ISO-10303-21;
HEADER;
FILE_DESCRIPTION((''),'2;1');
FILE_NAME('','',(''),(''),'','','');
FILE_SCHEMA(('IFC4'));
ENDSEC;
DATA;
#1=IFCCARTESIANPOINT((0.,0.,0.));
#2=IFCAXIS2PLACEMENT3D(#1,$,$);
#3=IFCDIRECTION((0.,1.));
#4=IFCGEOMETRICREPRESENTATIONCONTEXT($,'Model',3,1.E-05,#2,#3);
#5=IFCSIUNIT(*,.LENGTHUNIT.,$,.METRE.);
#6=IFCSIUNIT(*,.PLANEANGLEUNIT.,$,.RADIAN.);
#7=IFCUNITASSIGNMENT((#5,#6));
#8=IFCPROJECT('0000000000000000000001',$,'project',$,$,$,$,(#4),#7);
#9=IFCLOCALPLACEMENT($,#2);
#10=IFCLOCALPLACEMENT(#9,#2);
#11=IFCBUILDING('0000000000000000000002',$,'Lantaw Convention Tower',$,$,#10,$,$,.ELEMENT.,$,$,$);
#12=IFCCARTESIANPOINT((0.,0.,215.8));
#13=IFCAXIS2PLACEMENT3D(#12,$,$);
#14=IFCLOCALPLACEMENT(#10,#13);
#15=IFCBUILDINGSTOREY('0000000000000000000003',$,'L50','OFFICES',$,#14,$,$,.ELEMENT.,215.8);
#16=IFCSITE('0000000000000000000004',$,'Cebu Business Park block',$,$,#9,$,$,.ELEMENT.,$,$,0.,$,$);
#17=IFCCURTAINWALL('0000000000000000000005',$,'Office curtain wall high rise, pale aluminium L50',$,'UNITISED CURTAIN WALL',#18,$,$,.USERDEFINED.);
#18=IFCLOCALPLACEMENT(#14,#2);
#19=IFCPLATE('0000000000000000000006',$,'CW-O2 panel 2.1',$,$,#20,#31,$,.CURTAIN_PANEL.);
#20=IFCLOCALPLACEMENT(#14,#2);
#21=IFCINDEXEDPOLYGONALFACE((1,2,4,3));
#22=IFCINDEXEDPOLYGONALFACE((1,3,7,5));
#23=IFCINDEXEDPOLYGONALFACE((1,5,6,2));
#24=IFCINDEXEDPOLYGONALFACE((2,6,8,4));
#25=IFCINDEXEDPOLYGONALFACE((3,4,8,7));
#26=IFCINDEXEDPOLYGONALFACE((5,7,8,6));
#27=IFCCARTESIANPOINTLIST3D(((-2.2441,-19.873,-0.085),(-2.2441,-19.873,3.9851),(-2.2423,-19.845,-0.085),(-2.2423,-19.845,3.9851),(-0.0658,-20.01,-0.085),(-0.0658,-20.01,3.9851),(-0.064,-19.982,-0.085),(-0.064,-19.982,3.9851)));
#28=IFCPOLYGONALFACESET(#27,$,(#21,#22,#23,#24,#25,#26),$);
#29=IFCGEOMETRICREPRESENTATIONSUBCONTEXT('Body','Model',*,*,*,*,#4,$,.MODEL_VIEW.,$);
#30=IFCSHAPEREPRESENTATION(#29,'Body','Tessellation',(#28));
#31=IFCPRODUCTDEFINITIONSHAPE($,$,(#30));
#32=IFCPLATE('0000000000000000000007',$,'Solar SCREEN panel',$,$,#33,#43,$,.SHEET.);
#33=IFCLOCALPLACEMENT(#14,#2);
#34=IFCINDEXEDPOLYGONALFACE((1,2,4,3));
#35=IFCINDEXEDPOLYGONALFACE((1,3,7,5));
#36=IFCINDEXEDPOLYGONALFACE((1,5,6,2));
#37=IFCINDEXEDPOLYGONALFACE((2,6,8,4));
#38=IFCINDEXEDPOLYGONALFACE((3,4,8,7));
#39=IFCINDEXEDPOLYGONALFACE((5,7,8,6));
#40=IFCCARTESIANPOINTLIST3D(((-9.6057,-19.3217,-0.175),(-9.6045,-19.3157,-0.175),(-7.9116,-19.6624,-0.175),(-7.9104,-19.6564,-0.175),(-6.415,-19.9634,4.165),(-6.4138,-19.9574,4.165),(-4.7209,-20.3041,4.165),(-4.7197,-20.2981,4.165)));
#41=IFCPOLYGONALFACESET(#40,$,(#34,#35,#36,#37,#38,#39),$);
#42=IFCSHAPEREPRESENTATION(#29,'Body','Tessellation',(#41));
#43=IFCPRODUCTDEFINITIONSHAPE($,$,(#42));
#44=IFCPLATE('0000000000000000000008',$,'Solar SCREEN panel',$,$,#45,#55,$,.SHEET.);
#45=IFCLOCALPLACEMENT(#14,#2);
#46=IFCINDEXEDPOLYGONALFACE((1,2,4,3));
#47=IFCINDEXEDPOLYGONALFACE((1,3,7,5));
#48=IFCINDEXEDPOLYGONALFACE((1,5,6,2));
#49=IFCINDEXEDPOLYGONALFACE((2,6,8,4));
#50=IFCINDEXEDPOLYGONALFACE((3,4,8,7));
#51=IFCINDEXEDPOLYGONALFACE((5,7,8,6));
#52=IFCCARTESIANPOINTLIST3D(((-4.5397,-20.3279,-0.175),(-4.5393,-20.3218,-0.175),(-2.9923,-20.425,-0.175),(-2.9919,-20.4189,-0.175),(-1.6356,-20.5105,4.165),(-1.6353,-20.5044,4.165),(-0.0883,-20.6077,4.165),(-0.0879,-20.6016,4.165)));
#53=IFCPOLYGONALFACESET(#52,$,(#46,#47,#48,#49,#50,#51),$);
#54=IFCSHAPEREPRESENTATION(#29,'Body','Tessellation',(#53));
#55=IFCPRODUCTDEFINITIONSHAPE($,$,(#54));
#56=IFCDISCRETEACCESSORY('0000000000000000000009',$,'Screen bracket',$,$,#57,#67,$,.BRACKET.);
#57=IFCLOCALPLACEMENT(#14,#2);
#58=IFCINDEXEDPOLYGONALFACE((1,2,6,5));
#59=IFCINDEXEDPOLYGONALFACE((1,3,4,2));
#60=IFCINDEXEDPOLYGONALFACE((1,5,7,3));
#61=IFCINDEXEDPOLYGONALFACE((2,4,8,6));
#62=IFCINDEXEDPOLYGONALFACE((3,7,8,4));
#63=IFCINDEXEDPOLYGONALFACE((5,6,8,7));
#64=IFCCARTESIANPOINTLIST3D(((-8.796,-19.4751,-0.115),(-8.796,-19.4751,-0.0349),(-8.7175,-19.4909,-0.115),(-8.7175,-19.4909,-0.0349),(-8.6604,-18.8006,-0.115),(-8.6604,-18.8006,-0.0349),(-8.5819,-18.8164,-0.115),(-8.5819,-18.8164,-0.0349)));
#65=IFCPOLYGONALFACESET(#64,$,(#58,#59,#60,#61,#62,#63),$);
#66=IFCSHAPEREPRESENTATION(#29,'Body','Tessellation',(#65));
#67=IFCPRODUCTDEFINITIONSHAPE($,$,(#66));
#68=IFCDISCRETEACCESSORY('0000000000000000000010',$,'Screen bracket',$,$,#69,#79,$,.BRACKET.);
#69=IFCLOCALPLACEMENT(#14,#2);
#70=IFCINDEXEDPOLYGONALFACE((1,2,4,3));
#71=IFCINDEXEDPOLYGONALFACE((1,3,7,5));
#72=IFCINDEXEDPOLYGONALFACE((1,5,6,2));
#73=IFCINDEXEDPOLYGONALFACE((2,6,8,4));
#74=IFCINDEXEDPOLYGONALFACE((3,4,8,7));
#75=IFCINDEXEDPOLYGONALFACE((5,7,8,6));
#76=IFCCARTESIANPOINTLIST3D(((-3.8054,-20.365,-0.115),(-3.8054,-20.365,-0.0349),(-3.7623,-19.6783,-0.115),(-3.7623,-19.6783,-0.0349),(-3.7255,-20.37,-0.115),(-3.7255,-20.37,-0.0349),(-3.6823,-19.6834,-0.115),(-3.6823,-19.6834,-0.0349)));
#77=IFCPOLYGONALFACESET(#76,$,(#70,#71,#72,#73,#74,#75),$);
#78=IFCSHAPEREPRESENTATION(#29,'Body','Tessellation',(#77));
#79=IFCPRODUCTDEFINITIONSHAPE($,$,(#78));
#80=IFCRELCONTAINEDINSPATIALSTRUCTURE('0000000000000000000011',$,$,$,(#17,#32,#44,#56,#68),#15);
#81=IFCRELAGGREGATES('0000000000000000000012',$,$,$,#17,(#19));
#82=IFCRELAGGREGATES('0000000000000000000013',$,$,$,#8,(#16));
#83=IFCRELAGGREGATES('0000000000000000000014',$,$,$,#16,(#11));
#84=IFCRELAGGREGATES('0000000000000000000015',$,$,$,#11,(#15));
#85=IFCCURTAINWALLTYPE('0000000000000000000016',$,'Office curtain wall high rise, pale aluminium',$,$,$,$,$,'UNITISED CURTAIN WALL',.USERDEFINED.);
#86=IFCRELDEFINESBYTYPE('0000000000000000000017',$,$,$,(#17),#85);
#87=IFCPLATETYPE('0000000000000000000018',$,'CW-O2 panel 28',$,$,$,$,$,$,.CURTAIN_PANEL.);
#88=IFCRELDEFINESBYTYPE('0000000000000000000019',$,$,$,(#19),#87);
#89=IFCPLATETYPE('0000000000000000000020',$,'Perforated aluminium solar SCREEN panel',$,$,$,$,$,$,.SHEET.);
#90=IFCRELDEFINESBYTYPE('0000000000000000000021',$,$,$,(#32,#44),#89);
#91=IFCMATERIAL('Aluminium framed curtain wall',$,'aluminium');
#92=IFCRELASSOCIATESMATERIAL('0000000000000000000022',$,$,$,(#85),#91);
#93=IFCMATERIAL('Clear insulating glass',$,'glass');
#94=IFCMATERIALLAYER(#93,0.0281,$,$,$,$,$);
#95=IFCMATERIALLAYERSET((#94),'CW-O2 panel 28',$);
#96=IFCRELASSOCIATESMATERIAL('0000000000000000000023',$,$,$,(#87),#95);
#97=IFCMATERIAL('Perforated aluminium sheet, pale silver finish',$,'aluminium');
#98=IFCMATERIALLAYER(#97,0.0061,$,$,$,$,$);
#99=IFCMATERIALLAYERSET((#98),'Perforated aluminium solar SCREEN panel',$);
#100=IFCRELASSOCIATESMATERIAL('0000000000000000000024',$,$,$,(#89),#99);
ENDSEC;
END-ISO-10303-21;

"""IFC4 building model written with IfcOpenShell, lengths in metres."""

from ifc_helpers import new_model, si_unit, direction, frame, origin, origin_2d, place, context, subcontext, project, spatial, polyline, rectangle, outline, extrude, material, layer, layer_set, type_object, element, aggregate, save


model = new_model("IFC4")

# Units and contexts
model_context = context("Model", 3, precision=1e-05, world=origin(), true_north=direction((0.0, 1.0)))
body_context = subcontext(model_context, "Body", "Model", "MODEL_VIEW")
ifc_project = project(units=[si_unit("LENGTHUNIT", "METRE"), si_unit("PLANEANGLEUNIT", "RADIAN")], contexts=[model_context])

# Site, building, storey
site_placement = place(None, origin())
site = spatial("IfcSite", under=ifc_project, at=site_placement, Name="Cebu Business Park block", CompositionType="ELEMENT", RefElevation=0.0)
building_placement = place(site_placement, origin())
building = spatial("IfcBuilding", under=site, at=building_placement, Name="Lantaw Convention Tower", CompositionType="ELEMENT")
storey_placement = place(building_placement, frame((0.0, 0.0, 215.8)))
storey = spatial("IfcBuildingStorey", under=building, at=storey_placement, Name="L50", Description="OFFICES", CompositionType="ELEMENT", Elevation=215.8)

# Shared definitions
ifc_material_1 = material(Name="Aluminium framed curtain wall", Category="aluminium")
curtain_wall_type = type_object("IfcCurtainWallType", Name="Office curtain wall high rise, pale aluminium", ElementType="UNITISED CURTAIN WALL", PredefinedType="USERDEFINED", material=ifc_material_1)

# Curtain wall
curtain_wall_1_placement = place(storey_placement, origin())
curtain_wall_1 = element("IfcCurtainWall", 1, at=curtain_wall_1_placement, inside=storey, type_object=curtain_wall_type, Name="Office curtain wall high rise, pale aluminium L50", ObjectType="UNITISED CURTAIN WALL", PredefinedType="USERDEFINED")

# Plate
ifc_material_2 = material(Name="Clear insulating glass", Category="glass")
ifc_layer_1 = layer(ifc_material_2, 0.0281)
ifc_layer_set_1 = layer_set([ifc_layer_1], Name="CW-O2 panel 28")
plate_type_1 = type_object("IfcPlateType", Name="CW-O2 panel 28", PredefinedType="CURTAIN_PANEL", material=ifc_layer_set_1)
plate_1_placement = place(storey_placement, frame((-1.1541, -19.9275, -0.085), z_axis=(0.0, 0.0, 1.0), x_axis=(0.998029, -0.062758, 0.0)))
plate_1 = element("IfcPlate", 2, at=plate_1_placement, type_object=plate_type_1, Name="CW-O2 panel 2.1", PredefinedType="CURTAIN_PANEL", context=body_context, shape_type="SweptSolid", body=[
    extrude(rectangle(XDim=2.1826, YDim=0.0281, at=origin_2d()), origin(), (0.0, 0.0, 1.0), 4.0701),
])
aggregate(curtain_wall_1, [plate_1])

# Plates
ifc_material_3 = material(Name="Perforated aluminium sheet, pale silver finish", Category="aluminium")
ifc_layer_2 = layer(ifc_material_3, 0.0061)
ifc_layer_set_2 = layer_set([ifc_layer_2], Name="Perforated aluminium solar SCREEN panel")
plate_type_2 = type_object("IfcPlateType", Name="Perforated aluminium solar SCREEN panel", PredefinedType="SHEET", material=ifc_layer_set_2)
plate_2_placement = place(storey_placement, frame((-9.6045, -19.3157, -0.175), z_axis=(0.197162, 0.980371, 0.000011), x_axis=(0.980371, -0.197162, 0.0)))
element("IfcPlate", 3, at=plate_2_placement, inside=storey, type_object=plate_type_2, Name="Solar SCREEN panel", PredefinedType="SHEET", context=body_context, shape_type="SweptSolid", body=[
    extrude(outline(polyline([(0.0, 0.0), (1.728, 0.0), (4.9826, -4.3401), (3.2545, -4.3401), (0.0, 0.0)])), origin(), (0.0, 0.0, -1.0), 0.0061),
])
plate_3_placement = place(storey_placement, frame((-4.5393, -20.3218, -0.175), z_axis=(0.062672, 0.998034, 0.000059), x_axis=(0.998034, -0.062672, 0.0)))
element("IfcPlate", 4, at=plate_3_placement, inside=storey, type_object=plate_type_2, Name="Solar SCREEN panel", PredefinedType="SHEET", context=body_context, shape_type="SweptSolid", body=[
    extrude(outline(polyline([(0.0, 0.0), (1.5504, 0.0), (4.4602, -4.3401), (2.9098, -4.3401), (0.0, 0.0)])), origin(), (0.0, 0.0, -1.0), 0.0061),
])

# Discrete accessories
for number, where, z_axis, x_axis, name in (
    (5, (-8.689, -19.1458, -0.115), (0.0, 0.0, 1.0), (0.980367, -0.197183, 0.0), "Screen bracket"),
    (6, (-3.7439, -20.0242, -0.115), (0.0, 0.0, 1.0), (0.998029, -0.062758, 0.0), "Screen bracket"),
):
    element("IfcDiscreteAccessory", number, at=place(storey_placement, frame(where, z_axis=z_axis, x_axis=x_axis)), inside=storey, Name=name, PredefinedType="BRACKET", context=body_context, shape_type="SweptSolid", body=[
        extrude(rectangle(XDim=0.0801, YDim=0.688, at=origin_2d()), origin(), (0.0, 0.0, 1.0), 0.0801),
    ])

save(model, "model.ifc")
